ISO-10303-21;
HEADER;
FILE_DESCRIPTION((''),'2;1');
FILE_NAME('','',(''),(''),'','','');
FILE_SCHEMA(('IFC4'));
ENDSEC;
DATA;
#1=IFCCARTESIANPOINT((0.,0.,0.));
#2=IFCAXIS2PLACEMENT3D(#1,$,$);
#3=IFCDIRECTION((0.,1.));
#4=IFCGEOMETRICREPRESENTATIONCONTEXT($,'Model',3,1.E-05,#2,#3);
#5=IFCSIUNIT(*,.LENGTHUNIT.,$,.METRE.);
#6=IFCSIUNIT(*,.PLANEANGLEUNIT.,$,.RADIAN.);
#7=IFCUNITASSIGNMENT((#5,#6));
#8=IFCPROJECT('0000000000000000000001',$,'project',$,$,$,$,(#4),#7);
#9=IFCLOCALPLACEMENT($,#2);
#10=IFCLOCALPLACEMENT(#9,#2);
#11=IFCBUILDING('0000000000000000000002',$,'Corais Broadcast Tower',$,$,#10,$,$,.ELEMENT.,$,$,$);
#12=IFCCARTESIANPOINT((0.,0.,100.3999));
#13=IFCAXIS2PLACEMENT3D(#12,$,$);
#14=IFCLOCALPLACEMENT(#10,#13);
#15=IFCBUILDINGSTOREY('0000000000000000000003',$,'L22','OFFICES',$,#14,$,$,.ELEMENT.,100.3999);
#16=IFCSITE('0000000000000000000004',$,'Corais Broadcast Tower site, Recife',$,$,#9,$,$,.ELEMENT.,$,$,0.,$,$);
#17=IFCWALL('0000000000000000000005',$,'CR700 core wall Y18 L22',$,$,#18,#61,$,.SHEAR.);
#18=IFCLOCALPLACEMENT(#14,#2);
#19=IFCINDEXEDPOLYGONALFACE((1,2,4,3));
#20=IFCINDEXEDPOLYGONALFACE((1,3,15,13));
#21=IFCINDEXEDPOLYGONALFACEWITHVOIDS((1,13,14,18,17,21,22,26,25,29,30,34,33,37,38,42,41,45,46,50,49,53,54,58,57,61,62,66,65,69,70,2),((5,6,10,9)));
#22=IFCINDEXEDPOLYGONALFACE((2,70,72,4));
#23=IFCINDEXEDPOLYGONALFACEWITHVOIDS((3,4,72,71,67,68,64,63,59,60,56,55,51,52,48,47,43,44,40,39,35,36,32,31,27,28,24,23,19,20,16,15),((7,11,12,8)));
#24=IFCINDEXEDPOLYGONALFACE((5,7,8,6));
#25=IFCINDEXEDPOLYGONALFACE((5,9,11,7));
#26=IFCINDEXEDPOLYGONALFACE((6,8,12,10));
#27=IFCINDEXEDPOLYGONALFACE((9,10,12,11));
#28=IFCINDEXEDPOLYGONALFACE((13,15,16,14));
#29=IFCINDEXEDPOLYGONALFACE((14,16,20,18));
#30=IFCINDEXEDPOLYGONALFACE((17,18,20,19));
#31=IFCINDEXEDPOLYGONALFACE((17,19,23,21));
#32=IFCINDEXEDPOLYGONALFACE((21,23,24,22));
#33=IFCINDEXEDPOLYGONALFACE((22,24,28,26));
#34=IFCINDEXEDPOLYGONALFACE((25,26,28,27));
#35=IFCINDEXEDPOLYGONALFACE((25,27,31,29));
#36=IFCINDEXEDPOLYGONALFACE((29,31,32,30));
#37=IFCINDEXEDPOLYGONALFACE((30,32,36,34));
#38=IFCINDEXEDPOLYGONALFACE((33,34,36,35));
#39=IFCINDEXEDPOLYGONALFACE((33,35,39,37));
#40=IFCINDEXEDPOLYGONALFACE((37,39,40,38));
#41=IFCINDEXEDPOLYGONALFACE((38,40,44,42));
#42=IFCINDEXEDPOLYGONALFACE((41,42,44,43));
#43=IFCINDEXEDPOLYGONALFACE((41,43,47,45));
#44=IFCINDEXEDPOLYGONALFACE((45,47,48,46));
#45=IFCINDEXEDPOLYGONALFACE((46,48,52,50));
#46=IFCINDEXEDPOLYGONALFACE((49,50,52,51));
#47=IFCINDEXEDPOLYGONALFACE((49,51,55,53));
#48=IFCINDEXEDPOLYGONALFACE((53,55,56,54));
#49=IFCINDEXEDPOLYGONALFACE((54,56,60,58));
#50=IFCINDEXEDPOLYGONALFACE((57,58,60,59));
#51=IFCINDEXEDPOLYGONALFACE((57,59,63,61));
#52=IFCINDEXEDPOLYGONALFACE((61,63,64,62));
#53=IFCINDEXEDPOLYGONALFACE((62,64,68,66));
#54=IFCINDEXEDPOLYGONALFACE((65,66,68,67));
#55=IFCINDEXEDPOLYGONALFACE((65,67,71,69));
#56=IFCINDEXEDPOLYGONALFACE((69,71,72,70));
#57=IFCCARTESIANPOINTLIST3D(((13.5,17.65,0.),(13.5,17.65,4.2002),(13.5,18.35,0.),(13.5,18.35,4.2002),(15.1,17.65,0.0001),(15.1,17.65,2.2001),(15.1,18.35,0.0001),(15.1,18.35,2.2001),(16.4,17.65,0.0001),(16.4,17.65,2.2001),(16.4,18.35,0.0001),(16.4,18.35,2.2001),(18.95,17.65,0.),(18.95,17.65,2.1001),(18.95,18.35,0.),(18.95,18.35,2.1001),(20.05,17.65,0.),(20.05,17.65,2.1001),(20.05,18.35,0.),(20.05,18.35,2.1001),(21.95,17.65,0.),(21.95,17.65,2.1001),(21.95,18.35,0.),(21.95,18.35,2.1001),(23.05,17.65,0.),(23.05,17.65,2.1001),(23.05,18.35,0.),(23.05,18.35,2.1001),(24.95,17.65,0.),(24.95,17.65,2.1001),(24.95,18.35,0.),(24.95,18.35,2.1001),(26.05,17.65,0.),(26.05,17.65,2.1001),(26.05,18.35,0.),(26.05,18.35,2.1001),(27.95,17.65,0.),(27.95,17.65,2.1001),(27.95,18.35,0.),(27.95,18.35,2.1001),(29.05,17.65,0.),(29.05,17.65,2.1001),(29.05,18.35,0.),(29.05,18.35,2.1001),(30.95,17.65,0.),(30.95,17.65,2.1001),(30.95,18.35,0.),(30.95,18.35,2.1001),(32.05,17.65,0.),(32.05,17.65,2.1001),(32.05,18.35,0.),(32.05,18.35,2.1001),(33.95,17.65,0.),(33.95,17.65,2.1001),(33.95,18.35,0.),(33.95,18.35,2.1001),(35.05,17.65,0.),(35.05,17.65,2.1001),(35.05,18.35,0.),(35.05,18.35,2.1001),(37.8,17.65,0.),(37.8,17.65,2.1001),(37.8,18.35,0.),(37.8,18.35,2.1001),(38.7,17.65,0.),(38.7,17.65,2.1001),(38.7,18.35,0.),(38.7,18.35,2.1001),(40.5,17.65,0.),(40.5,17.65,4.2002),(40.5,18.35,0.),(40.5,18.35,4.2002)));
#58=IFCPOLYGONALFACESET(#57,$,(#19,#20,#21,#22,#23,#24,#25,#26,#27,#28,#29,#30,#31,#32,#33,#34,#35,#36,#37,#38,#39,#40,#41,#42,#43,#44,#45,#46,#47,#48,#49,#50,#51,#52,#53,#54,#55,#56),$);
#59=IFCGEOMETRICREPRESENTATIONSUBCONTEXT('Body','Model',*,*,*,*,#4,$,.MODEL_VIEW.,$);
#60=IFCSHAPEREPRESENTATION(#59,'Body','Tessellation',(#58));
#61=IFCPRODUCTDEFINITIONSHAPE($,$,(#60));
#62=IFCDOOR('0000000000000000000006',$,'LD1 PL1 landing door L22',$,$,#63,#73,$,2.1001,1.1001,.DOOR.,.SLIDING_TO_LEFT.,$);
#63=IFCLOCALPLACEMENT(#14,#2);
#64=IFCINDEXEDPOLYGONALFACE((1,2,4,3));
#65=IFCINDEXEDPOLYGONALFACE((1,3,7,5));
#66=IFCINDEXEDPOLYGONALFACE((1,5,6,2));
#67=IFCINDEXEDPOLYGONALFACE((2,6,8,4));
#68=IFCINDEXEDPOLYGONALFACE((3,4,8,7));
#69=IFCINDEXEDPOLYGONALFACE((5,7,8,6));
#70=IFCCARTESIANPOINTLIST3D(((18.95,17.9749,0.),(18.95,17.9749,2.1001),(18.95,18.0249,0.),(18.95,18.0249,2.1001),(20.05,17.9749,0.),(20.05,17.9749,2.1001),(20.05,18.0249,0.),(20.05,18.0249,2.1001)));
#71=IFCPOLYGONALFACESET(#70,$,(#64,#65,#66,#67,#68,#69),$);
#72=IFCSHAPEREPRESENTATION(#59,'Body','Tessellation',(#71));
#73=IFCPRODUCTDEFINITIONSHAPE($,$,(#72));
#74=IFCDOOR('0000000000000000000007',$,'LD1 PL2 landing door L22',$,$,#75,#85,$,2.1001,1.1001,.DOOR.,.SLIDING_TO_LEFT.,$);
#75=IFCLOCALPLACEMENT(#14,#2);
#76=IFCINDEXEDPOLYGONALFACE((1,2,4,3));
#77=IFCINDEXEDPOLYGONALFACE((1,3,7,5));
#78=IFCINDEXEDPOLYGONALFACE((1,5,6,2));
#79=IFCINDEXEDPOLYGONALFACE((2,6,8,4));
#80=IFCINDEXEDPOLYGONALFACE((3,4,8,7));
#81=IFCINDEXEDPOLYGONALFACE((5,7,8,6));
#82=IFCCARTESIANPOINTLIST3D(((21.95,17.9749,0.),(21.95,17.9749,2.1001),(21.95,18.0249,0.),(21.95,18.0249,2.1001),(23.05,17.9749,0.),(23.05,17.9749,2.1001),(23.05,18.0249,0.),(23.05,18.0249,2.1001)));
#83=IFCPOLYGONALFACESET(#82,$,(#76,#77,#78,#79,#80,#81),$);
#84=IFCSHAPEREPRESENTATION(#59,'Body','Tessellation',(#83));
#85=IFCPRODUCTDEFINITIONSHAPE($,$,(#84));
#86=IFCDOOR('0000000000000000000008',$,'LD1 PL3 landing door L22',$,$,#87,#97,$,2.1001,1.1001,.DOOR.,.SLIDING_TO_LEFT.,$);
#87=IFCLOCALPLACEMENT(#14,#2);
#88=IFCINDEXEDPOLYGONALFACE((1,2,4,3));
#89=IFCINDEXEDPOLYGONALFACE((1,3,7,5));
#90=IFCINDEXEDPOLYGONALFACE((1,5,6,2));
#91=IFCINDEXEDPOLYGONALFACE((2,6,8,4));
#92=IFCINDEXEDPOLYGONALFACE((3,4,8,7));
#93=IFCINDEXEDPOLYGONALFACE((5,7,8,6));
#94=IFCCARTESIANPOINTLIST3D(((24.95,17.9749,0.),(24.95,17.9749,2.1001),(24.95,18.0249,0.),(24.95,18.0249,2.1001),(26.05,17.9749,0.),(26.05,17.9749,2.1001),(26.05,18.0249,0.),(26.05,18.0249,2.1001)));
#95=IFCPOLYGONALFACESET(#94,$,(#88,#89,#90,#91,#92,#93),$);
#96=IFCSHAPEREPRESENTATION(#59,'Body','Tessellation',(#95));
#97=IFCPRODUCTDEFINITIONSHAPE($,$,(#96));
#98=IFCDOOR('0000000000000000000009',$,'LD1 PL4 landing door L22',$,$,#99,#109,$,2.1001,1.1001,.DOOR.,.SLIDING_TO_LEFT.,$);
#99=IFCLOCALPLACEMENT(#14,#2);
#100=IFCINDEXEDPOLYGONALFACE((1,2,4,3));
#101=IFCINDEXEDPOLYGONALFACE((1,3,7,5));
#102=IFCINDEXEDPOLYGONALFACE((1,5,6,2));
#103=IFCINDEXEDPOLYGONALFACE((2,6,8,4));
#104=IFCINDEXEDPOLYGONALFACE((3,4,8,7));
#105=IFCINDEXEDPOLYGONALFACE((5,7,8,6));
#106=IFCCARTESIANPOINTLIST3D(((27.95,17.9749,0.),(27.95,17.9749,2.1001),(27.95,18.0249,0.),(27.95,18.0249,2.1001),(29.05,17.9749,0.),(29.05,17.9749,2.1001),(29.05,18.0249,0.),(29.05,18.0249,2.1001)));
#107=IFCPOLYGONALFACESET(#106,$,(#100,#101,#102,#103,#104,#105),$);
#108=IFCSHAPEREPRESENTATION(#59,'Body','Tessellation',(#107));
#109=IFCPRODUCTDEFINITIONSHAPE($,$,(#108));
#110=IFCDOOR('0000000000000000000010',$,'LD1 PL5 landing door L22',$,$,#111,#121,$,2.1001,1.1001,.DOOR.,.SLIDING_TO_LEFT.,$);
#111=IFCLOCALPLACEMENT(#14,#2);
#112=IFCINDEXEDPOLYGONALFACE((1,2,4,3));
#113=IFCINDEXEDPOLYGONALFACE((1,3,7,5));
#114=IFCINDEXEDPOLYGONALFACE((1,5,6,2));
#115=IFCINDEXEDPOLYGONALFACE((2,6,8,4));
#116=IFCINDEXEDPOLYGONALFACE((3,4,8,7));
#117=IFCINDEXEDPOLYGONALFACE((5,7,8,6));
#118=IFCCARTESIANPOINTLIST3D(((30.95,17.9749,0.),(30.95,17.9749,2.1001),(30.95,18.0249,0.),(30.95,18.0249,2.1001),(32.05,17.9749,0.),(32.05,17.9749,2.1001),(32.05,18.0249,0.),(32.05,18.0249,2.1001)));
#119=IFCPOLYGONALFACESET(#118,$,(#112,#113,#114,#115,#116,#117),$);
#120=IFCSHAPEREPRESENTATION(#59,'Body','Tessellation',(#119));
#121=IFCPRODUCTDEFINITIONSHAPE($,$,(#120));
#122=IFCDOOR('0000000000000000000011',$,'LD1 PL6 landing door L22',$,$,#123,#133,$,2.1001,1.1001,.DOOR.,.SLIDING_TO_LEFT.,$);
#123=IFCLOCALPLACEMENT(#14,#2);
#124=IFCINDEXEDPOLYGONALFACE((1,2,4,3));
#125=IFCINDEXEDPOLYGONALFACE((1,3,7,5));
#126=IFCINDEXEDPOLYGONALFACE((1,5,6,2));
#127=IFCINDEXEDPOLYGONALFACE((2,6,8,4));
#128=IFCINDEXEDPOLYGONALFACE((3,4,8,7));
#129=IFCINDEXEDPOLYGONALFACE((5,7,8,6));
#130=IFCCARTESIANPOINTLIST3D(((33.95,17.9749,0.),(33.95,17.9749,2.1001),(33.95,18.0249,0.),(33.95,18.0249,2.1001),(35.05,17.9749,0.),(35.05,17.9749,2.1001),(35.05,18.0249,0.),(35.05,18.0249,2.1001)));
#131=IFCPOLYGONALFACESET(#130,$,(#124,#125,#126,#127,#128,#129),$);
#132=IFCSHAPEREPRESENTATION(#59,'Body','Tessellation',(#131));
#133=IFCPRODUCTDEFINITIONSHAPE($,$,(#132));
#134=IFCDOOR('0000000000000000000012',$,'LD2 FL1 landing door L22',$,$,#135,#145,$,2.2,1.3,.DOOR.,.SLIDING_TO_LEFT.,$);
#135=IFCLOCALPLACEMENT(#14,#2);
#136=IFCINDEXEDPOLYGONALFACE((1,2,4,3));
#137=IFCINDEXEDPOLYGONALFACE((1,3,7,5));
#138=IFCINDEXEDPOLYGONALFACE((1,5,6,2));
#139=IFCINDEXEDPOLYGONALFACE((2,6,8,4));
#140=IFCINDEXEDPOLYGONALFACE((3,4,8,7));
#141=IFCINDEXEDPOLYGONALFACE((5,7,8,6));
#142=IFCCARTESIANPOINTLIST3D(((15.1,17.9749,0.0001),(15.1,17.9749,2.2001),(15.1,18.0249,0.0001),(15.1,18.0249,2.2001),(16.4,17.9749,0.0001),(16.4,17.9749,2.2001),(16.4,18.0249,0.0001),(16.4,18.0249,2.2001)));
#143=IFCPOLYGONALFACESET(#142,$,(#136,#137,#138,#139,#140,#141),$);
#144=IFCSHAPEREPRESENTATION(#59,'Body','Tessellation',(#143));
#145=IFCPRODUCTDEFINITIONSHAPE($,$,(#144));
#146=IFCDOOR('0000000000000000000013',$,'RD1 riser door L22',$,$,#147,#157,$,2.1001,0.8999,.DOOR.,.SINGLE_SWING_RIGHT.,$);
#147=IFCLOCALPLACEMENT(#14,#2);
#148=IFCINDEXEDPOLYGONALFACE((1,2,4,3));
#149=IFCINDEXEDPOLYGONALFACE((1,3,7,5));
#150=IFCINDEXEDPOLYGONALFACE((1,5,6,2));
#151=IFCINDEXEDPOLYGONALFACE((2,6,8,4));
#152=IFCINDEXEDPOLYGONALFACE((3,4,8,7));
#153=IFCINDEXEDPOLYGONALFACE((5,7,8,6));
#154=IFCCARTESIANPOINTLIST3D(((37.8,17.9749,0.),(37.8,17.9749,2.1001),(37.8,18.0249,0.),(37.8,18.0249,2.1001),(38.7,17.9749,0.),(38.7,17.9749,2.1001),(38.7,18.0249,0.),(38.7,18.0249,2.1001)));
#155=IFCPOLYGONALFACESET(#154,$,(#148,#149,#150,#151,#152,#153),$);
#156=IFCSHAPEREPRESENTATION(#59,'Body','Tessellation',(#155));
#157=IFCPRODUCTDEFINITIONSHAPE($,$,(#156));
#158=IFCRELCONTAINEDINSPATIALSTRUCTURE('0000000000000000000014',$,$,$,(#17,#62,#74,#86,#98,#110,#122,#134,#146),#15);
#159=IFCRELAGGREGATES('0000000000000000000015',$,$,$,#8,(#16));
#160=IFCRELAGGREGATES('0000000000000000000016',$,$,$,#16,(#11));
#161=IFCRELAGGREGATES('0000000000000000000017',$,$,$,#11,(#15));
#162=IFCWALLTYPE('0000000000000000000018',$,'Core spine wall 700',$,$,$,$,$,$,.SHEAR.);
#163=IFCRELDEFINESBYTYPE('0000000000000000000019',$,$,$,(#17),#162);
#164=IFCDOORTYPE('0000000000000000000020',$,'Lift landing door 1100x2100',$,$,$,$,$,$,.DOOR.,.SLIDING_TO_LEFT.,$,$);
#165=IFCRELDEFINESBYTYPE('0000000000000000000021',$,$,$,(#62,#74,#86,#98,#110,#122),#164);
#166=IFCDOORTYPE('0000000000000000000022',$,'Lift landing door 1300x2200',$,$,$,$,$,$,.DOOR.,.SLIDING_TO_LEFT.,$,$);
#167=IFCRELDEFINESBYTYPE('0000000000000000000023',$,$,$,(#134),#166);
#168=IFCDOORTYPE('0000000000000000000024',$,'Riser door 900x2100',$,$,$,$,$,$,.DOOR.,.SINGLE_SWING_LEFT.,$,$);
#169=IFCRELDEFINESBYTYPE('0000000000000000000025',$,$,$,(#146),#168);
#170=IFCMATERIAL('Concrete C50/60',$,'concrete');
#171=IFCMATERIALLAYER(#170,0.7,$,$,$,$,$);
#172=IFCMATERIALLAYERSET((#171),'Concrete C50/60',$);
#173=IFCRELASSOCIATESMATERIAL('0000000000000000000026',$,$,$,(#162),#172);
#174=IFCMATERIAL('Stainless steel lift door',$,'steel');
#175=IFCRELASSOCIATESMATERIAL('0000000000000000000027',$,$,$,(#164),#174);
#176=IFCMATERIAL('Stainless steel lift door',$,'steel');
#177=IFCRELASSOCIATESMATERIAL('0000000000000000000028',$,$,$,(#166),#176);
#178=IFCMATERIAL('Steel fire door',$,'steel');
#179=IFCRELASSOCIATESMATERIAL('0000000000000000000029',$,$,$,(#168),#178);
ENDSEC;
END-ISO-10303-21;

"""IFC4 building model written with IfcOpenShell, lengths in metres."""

from ifc_helpers import new_model, si_unit, direction, frame, frame_2d, origin, place, context, subcontext, project, spatial, rectangle, extrude, material, layer, layer_set, type_object, element, fill, save


model = new_model("IFC4")

# Units and contexts
model_context = context("Model", 3, precision=1e-05, world=origin(), true_north=direction((0.0, 1.0)))
body_context = subcontext(model_context, "Body", "Model", "MODEL_VIEW")
ifc_project = project(units=[si_unit("LENGTHUNIT", "METRE"), si_unit("PLANEANGLEUNIT", "RADIAN")], contexts=[model_context])

# Site, building, storey
site_placement = place(None, origin())
site = spatial("IfcSite", under=ifc_project, at=site_placement, Name="Corais Broadcast Tower site, Recife", CompositionType="ELEMENT", RefElevation=0.0)
building_placement = place(site_placement, origin())
building = spatial("IfcBuilding", under=site, at=building_placement, Name="Corais Broadcast Tower", CompositionType="ELEMENT")
storey_placement = place(building_placement, frame((0.0, 0.0, 100.3999)))
storey = spatial("IfcBuildingStorey", under=building, at=storey_placement, Name="L22", Description="OFFICES", CompositionType="ELEMENT", Elevation=100.3999)

# Wall, openings, doors
ifc_material_1 = material(Name="Concrete C50/60", Category="concrete")
ifc_layer_1 = layer(ifc_material_1, 0.7)
ifc_layer_set_1 = layer_set([ifc_layer_1], Name="Concrete C50/60")
wall_type_1 = type_object("IfcWallType", Name="Core spine wall 700", PredefinedType="SHEAR", material=ifc_layer_set_1)
wall_1_placement = place(storey_placement, frame((13.5, 18.0, 0.0), z_axis=(0.0, 0.0, 1.0), x_axis=(1.0, 0.0, 0.0)))
wall_1 = element("IfcWall", 1, at=wall_1_placement, inside=storey, type_object=wall_type_1, Name="CR700 core wall Y18 L22", PredefinedType="SHEAR", context=body_context, shape_type="SweptSolid", body=[
    extrude(rectangle(XDim=27.0, YDim=0.7, at=frame_2d((13.5, 0.0))), origin(), (0.0, 0.0, 1.0), 4.2002),
])
opening_1_placement = place(wall_1_placement, frame((24.3, 0.0, 0.0)))
opening_1 = element("IfcOpeningElement", 2, at=opening_1_placement, cuts=wall_1, PredefinedType="OPENING", context=body_context, shape_type="SweptSolid", body=[
    extrude(rectangle(XDim=0.8999, YDim=2.1001, at=frame_2d((0.45, 1.05))), frame((0.0, 0.3599, 0.0), z_axis=(0.0, -1.0, 0.0), x_axis=(1.0, 0.0, 0.0)), (0.0, 0.0, 1.0), 0.72),
])
opening_2_placement = place(wall_1_placement, frame((5.45, 0.0, 0.0)))
opening_2 = element("IfcOpeningElement", 3, at=opening_2_placement, cuts=wall_1, PredefinedType="OPENING", context=body_context, shape_type="SweptSolid", body=[
    extrude(rectangle(XDim=1.1001, YDim=2.1001, at=frame_2d((0.55, 1.05))), frame((0.0, 0.3599, 0.0), z_axis=(0.0, -1.0, 0.0), x_axis=(1.0, 0.0, 0.0)), (0.0, 0.0, 1.0), 0.72),
])
opening_3_placement = place(wall_1_placement, frame((8.45, 0.0, 0.0)))
opening_3 = element("IfcOpeningElement", 4, at=opening_3_placement, cuts=wall_1, PredefinedType="OPENING", context=body_context, shape_type="SweptSolid", body=[
    extrude(rectangle(XDim=1.1001, YDim=2.1001, at=frame_2d((0.55, 1.05))), frame((0.0, 0.3599, 0.0), z_axis=(0.0, -1.0, 0.0), x_axis=(1.0, 0.0, 0.0)), (0.0, 0.0, 1.0), 0.72),
])
opening_4_placement = place(wall_1_placement, frame((11.45, 0.0, 0.0)))
opening_4 = element("IfcOpeningElement", 5, at=opening_4_placement, cuts=wall_1, PredefinedType="OPENING", context=body_context, shape_type="SweptSolid", body=[
    extrude(rectangle(XDim=1.1001, YDim=2.1001, at=frame_2d((0.55, 1.05))), frame((0.0, 0.3599, 0.0), z_axis=(0.0, -1.0, 0.0), x_axis=(1.0, 0.0, 0.0)), (0.0, 0.0, 1.0), 0.72),
])
opening_5_placement = place(wall_1_placement, frame((14.45, 0.0, 0.0)))
opening_5 = element("IfcOpeningElement", 6, at=opening_5_placement, cuts=wall_1, PredefinedType="OPENING", context=body_context, shape_type="SweptSolid", body=[
    extrude(rectangle(XDim=1.1001, YDim=2.1001, at=frame_2d((0.55, 1.05))), frame((0.0, 0.3599, 0.0), z_axis=(0.0, -1.0, 0.0), x_axis=(1.0, 0.0, 0.0)), (0.0, 0.0, 1.0), 0.72),
])
opening_6_placement = place(wall_1_placement, frame((17.45, 0.0, 0.0)))
opening_6 = element("IfcOpeningElement", 7, at=opening_6_placement, cuts=wall_1, PredefinedType="OPENING", context=body_context, shape_type="SweptSolid", body=[
    extrude(rectangle(XDim=1.1001, YDim=2.1001, at=frame_2d((0.55, 1.05))), frame((0.0, 0.3599, 0.0), z_axis=(0.0, -1.0, 0.0), x_axis=(1.0, 0.0, 0.0)), (0.0, 0.0, 1.0), 0.72),
])
opening_7_placement = place(wall_1_placement, frame((20.45, 0.0, 0.0)))
opening_7 = element("IfcOpeningElement", 8, at=opening_7_placement, cuts=wall_1, PredefinedType="OPENING", context=body_context, shape_type="SweptSolid", body=[
    extrude(rectangle(XDim=1.1001, YDim=2.1001, at=frame_2d((0.55, 1.05))), frame((0.0, 0.3599, 0.0), z_axis=(0.0, -1.0, 0.0), x_axis=(1.0, 0.0, 0.0)), (0.0, 0.0, 1.0), 0.72),
])
opening_8_placement = place(wall_1_placement, frame((1.6001, 0.0, 0.0)))
opening_8 = element("IfcOpeningElement", 9, at=opening_8_placement, cuts=wall_1, PredefinedType="OPENING", context=body_context, shape_type="SweptSolid", body=[
    extrude(rectangle(XDim=1.3, YDim=2.2, at=frame_2d((0.6499, 1.1001))), frame((0.0, 0.3599, 0.0), z_axis=(0.0, -1.0, 0.0), x_axis=(1.0, 0.0, 0.0)), (0.0, 0.0, 1.0), 0.72),
])
ifc_material_2 = material(Name="Stainless steel lift door", Category="steel")
door_type_1 = type_object("IfcDoorType", Name="Lift landing door 1100x2100", OperationType="SLIDING_TO_LEFT", PredefinedType="DOOR", material=ifc_material_2)
door_1_placement = place(opening_2_placement, origin())
door_1 = element("IfcDoor", 10, at=door_1_placement, inside=storey, type_object=door_type_1, Name="LD1 PL1 landing door L22", OperationType="SLIDING_TO_LEFT", OverallHeight=2.1001, OverallWidth=1.1001, PredefinedType="DOOR", context=body_context, shape_type="SweptSolid", body=[
    extrude(rectangle(XDim=1.1001, YDim=2.1001, at=frame_2d((0.55, 1.05))), frame((0.0, 0.0249, 0.0), z_axis=(0.0, -1.0, 0.0), x_axis=(1.0, 0.0, 0.0)), (0.0, 0.0, 1.0), 0.05),
])
fill(opening_2, door_1)
door_2_placement = place(opening_3_placement, origin())
door_2 = element("IfcDoor", 11, at=door_2_placement, inside=storey, type_object=door_type_1, Name="LD1 PL2 landing door L22", OperationType="SLIDING_TO_LEFT", OverallHeight=2.1001, OverallWidth=1.1001, PredefinedType="DOOR", context=body_context, shape_type="SweptSolid", body=[
    extrude(rectangle(XDim=1.1001, YDim=2.1001, at=frame_2d((0.55, 1.05))), frame((0.0, 0.0249, 0.0), z_axis=(0.0, -1.0, 0.0), x_axis=(1.0, 0.0, 0.0)), (0.0, 0.0, 1.0), 0.05),
])
fill(opening_3, door_2)
door_3_placement = place(opening_4_placement, origin())
door_3 = element("IfcDoor", 12, at=door_3_placement, inside=storey, type_object=door_type_1, Name="LD1 PL3 landing door L22", OperationType="SLIDING_TO_LEFT", OverallHeight=2.1001, OverallWidth=1.1001, PredefinedType="DOOR", context=body_context, shape_type="SweptSolid", body=[
    extrude(rectangle(XDim=1.1001, YDim=2.1001, at=frame_2d((0.55, 1.05))), frame((0.0, 0.0249, 0.0), z_axis=(0.0, -1.0, 0.0), x_axis=(1.0, 0.0, 0.0)), (0.0, 0.0, 1.0), 0.05),
])
fill(opening_4, door_3)
door_4_placement = place(opening_5_placement, origin())
door_4 = element("IfcDoor", 13, at=door_4_placement, inside=storey, type_object=door_type_1, Name="LD1 PL4 landing door L22", OperationType="SLIDING_TO_LEFT", OverallHeight=2.1001, OverallWidth=1.1001, PredefinedType="DOOR", context=body_context, shape_type="SweptSolid", body=[
    extrude(rectangle(XDim=1.1001, YDim=2.1001, at=frame_2d((0.55, 1.05))), frame((0.0, 0.0249, 0.0), z_axis=(0.0, -1.0, 0.0), x_axis=(1.0, 0.0, 0.0)), (0.0, 0.0, 1.0), 0.05),
])
fill(opening_5, door_4)
door_5_placement = place(opening_6_placement, origin())
door_5 = element("IfcDoor", 14, at=door_5_placement, inside=storey, type_object=door_type_1, Name="LD1 PL5 landing door L22", OperationType="SLIDING_TO_LEFT", OverallHeight=2.1001, OverallWidth=1.1001, PredefinedType="DOOR", context=body_context, shape_type="SweptSolid", body=[
    extrude(rectangle(XDim=1.1001, YDim=2.1001, at=frame_2d((0.55, 1.05))), frame((0.0, 0.0249, 0.0), z_axis=(0.0, -1.0, 0.0), x_axis=(1.0, 0.0, 0.0)), (0.0, 0.0, 1.0), 0.05),
])
fill(opening_6, door_5)
door_6_placement = place(opening_7_placement, origin())
door_6 = element("IfcDoor", 15, at=door_6_placement, inside=storey, type_object=door_type_1, Name="LD1 PL6 landing door L22", OperationType="SLIDING_TO_LEFT", OverallHeight=2.1001, OverallWidth=1.1001, PredefinedType="DOOR", context=body_context, shape_type="SweptSolid", body=[
    extrude(rectangle(XDim=1.1001, YDim=2.1001, at=frame_2d((0.55, 1.05))), frame((0.0, 0.0249, 0.0), z_axis=(0.0, -1.0, 0.0), x_axis=(1.0, 0.0, 0.0)), (0.0, 0.0, 1.0), 0.05),
])
fill(opening_7, door_6)
ifc_material_3 = material(Name="Stainless steel lift door", Category="steel")
door_type_2 = type_object("IfcDoorType", Name="Lift landing door 1300x2200", OperationType="SLIDING_TO_LEFT", PredefinedType="DOOR", material=ifc_material_3)
door_7_placement = place(opening_8_placement, origin())
door_7 = element("IfcDoor", 16, at=door_7_placement, inside=storey, type_object=door_type_2, Name="LD2 FL1 landing door L22", OperationType="SLIDING_TO_LEFT", OverallHeight=2.2, OverallWidth=1.3, PredefinedType="DOOR", context=body_context, shape_type="SweptSolid", body=[
    extrude(rectangle(XDim=1.3, YDim=2.2, at=frame_2d((0.6499, 1.1001))), frame((0.0, 0.0249, 0.0), z_axis=(0.0, -1.0, 0.0), x_axis=(1.0, 0.0, 0.0)), (0.0, 0.0, 1.0), 0.05),
])
fill(opening_8, door_7)
ifc_material_4 = material(Name="Steel fire door", Category="steel")
door_type_3 = type_object("IfcDoorType", Name="Riser door 900x2100", OperationType="SINGLE_SWING_LEFT", PredefinedType="DOOR", material=ifc_material_4)
door_8_placement = place(opening_1_placement, origin())
door_8 = element("IfcDoor", 17, at=door_8_placement, inside=storey, type_object=door_type_3, Name="RD1 riser door L22", OperationType="SINGLE_SWING_RIGHT", OverallHeight=2.1001, OverallWidth=0.8999, PredefinedType="DOOR", context=body_context, shape_type="SweptSolid", body=[
    extrude(rectangle(XDim=0.8999, YDim=2.1001, at=frame_2d((0.45, 1.05))), frame((0.0, 0.0249, 0.0), z_axis=(0.0, -1.0, 0.0), x_axis=(1.0, 0.0, 0.0)), (0.0, 0.0, 1.0), 0.05),
])
fill(opening_1, door_8)

save(model, "model.ifc")
